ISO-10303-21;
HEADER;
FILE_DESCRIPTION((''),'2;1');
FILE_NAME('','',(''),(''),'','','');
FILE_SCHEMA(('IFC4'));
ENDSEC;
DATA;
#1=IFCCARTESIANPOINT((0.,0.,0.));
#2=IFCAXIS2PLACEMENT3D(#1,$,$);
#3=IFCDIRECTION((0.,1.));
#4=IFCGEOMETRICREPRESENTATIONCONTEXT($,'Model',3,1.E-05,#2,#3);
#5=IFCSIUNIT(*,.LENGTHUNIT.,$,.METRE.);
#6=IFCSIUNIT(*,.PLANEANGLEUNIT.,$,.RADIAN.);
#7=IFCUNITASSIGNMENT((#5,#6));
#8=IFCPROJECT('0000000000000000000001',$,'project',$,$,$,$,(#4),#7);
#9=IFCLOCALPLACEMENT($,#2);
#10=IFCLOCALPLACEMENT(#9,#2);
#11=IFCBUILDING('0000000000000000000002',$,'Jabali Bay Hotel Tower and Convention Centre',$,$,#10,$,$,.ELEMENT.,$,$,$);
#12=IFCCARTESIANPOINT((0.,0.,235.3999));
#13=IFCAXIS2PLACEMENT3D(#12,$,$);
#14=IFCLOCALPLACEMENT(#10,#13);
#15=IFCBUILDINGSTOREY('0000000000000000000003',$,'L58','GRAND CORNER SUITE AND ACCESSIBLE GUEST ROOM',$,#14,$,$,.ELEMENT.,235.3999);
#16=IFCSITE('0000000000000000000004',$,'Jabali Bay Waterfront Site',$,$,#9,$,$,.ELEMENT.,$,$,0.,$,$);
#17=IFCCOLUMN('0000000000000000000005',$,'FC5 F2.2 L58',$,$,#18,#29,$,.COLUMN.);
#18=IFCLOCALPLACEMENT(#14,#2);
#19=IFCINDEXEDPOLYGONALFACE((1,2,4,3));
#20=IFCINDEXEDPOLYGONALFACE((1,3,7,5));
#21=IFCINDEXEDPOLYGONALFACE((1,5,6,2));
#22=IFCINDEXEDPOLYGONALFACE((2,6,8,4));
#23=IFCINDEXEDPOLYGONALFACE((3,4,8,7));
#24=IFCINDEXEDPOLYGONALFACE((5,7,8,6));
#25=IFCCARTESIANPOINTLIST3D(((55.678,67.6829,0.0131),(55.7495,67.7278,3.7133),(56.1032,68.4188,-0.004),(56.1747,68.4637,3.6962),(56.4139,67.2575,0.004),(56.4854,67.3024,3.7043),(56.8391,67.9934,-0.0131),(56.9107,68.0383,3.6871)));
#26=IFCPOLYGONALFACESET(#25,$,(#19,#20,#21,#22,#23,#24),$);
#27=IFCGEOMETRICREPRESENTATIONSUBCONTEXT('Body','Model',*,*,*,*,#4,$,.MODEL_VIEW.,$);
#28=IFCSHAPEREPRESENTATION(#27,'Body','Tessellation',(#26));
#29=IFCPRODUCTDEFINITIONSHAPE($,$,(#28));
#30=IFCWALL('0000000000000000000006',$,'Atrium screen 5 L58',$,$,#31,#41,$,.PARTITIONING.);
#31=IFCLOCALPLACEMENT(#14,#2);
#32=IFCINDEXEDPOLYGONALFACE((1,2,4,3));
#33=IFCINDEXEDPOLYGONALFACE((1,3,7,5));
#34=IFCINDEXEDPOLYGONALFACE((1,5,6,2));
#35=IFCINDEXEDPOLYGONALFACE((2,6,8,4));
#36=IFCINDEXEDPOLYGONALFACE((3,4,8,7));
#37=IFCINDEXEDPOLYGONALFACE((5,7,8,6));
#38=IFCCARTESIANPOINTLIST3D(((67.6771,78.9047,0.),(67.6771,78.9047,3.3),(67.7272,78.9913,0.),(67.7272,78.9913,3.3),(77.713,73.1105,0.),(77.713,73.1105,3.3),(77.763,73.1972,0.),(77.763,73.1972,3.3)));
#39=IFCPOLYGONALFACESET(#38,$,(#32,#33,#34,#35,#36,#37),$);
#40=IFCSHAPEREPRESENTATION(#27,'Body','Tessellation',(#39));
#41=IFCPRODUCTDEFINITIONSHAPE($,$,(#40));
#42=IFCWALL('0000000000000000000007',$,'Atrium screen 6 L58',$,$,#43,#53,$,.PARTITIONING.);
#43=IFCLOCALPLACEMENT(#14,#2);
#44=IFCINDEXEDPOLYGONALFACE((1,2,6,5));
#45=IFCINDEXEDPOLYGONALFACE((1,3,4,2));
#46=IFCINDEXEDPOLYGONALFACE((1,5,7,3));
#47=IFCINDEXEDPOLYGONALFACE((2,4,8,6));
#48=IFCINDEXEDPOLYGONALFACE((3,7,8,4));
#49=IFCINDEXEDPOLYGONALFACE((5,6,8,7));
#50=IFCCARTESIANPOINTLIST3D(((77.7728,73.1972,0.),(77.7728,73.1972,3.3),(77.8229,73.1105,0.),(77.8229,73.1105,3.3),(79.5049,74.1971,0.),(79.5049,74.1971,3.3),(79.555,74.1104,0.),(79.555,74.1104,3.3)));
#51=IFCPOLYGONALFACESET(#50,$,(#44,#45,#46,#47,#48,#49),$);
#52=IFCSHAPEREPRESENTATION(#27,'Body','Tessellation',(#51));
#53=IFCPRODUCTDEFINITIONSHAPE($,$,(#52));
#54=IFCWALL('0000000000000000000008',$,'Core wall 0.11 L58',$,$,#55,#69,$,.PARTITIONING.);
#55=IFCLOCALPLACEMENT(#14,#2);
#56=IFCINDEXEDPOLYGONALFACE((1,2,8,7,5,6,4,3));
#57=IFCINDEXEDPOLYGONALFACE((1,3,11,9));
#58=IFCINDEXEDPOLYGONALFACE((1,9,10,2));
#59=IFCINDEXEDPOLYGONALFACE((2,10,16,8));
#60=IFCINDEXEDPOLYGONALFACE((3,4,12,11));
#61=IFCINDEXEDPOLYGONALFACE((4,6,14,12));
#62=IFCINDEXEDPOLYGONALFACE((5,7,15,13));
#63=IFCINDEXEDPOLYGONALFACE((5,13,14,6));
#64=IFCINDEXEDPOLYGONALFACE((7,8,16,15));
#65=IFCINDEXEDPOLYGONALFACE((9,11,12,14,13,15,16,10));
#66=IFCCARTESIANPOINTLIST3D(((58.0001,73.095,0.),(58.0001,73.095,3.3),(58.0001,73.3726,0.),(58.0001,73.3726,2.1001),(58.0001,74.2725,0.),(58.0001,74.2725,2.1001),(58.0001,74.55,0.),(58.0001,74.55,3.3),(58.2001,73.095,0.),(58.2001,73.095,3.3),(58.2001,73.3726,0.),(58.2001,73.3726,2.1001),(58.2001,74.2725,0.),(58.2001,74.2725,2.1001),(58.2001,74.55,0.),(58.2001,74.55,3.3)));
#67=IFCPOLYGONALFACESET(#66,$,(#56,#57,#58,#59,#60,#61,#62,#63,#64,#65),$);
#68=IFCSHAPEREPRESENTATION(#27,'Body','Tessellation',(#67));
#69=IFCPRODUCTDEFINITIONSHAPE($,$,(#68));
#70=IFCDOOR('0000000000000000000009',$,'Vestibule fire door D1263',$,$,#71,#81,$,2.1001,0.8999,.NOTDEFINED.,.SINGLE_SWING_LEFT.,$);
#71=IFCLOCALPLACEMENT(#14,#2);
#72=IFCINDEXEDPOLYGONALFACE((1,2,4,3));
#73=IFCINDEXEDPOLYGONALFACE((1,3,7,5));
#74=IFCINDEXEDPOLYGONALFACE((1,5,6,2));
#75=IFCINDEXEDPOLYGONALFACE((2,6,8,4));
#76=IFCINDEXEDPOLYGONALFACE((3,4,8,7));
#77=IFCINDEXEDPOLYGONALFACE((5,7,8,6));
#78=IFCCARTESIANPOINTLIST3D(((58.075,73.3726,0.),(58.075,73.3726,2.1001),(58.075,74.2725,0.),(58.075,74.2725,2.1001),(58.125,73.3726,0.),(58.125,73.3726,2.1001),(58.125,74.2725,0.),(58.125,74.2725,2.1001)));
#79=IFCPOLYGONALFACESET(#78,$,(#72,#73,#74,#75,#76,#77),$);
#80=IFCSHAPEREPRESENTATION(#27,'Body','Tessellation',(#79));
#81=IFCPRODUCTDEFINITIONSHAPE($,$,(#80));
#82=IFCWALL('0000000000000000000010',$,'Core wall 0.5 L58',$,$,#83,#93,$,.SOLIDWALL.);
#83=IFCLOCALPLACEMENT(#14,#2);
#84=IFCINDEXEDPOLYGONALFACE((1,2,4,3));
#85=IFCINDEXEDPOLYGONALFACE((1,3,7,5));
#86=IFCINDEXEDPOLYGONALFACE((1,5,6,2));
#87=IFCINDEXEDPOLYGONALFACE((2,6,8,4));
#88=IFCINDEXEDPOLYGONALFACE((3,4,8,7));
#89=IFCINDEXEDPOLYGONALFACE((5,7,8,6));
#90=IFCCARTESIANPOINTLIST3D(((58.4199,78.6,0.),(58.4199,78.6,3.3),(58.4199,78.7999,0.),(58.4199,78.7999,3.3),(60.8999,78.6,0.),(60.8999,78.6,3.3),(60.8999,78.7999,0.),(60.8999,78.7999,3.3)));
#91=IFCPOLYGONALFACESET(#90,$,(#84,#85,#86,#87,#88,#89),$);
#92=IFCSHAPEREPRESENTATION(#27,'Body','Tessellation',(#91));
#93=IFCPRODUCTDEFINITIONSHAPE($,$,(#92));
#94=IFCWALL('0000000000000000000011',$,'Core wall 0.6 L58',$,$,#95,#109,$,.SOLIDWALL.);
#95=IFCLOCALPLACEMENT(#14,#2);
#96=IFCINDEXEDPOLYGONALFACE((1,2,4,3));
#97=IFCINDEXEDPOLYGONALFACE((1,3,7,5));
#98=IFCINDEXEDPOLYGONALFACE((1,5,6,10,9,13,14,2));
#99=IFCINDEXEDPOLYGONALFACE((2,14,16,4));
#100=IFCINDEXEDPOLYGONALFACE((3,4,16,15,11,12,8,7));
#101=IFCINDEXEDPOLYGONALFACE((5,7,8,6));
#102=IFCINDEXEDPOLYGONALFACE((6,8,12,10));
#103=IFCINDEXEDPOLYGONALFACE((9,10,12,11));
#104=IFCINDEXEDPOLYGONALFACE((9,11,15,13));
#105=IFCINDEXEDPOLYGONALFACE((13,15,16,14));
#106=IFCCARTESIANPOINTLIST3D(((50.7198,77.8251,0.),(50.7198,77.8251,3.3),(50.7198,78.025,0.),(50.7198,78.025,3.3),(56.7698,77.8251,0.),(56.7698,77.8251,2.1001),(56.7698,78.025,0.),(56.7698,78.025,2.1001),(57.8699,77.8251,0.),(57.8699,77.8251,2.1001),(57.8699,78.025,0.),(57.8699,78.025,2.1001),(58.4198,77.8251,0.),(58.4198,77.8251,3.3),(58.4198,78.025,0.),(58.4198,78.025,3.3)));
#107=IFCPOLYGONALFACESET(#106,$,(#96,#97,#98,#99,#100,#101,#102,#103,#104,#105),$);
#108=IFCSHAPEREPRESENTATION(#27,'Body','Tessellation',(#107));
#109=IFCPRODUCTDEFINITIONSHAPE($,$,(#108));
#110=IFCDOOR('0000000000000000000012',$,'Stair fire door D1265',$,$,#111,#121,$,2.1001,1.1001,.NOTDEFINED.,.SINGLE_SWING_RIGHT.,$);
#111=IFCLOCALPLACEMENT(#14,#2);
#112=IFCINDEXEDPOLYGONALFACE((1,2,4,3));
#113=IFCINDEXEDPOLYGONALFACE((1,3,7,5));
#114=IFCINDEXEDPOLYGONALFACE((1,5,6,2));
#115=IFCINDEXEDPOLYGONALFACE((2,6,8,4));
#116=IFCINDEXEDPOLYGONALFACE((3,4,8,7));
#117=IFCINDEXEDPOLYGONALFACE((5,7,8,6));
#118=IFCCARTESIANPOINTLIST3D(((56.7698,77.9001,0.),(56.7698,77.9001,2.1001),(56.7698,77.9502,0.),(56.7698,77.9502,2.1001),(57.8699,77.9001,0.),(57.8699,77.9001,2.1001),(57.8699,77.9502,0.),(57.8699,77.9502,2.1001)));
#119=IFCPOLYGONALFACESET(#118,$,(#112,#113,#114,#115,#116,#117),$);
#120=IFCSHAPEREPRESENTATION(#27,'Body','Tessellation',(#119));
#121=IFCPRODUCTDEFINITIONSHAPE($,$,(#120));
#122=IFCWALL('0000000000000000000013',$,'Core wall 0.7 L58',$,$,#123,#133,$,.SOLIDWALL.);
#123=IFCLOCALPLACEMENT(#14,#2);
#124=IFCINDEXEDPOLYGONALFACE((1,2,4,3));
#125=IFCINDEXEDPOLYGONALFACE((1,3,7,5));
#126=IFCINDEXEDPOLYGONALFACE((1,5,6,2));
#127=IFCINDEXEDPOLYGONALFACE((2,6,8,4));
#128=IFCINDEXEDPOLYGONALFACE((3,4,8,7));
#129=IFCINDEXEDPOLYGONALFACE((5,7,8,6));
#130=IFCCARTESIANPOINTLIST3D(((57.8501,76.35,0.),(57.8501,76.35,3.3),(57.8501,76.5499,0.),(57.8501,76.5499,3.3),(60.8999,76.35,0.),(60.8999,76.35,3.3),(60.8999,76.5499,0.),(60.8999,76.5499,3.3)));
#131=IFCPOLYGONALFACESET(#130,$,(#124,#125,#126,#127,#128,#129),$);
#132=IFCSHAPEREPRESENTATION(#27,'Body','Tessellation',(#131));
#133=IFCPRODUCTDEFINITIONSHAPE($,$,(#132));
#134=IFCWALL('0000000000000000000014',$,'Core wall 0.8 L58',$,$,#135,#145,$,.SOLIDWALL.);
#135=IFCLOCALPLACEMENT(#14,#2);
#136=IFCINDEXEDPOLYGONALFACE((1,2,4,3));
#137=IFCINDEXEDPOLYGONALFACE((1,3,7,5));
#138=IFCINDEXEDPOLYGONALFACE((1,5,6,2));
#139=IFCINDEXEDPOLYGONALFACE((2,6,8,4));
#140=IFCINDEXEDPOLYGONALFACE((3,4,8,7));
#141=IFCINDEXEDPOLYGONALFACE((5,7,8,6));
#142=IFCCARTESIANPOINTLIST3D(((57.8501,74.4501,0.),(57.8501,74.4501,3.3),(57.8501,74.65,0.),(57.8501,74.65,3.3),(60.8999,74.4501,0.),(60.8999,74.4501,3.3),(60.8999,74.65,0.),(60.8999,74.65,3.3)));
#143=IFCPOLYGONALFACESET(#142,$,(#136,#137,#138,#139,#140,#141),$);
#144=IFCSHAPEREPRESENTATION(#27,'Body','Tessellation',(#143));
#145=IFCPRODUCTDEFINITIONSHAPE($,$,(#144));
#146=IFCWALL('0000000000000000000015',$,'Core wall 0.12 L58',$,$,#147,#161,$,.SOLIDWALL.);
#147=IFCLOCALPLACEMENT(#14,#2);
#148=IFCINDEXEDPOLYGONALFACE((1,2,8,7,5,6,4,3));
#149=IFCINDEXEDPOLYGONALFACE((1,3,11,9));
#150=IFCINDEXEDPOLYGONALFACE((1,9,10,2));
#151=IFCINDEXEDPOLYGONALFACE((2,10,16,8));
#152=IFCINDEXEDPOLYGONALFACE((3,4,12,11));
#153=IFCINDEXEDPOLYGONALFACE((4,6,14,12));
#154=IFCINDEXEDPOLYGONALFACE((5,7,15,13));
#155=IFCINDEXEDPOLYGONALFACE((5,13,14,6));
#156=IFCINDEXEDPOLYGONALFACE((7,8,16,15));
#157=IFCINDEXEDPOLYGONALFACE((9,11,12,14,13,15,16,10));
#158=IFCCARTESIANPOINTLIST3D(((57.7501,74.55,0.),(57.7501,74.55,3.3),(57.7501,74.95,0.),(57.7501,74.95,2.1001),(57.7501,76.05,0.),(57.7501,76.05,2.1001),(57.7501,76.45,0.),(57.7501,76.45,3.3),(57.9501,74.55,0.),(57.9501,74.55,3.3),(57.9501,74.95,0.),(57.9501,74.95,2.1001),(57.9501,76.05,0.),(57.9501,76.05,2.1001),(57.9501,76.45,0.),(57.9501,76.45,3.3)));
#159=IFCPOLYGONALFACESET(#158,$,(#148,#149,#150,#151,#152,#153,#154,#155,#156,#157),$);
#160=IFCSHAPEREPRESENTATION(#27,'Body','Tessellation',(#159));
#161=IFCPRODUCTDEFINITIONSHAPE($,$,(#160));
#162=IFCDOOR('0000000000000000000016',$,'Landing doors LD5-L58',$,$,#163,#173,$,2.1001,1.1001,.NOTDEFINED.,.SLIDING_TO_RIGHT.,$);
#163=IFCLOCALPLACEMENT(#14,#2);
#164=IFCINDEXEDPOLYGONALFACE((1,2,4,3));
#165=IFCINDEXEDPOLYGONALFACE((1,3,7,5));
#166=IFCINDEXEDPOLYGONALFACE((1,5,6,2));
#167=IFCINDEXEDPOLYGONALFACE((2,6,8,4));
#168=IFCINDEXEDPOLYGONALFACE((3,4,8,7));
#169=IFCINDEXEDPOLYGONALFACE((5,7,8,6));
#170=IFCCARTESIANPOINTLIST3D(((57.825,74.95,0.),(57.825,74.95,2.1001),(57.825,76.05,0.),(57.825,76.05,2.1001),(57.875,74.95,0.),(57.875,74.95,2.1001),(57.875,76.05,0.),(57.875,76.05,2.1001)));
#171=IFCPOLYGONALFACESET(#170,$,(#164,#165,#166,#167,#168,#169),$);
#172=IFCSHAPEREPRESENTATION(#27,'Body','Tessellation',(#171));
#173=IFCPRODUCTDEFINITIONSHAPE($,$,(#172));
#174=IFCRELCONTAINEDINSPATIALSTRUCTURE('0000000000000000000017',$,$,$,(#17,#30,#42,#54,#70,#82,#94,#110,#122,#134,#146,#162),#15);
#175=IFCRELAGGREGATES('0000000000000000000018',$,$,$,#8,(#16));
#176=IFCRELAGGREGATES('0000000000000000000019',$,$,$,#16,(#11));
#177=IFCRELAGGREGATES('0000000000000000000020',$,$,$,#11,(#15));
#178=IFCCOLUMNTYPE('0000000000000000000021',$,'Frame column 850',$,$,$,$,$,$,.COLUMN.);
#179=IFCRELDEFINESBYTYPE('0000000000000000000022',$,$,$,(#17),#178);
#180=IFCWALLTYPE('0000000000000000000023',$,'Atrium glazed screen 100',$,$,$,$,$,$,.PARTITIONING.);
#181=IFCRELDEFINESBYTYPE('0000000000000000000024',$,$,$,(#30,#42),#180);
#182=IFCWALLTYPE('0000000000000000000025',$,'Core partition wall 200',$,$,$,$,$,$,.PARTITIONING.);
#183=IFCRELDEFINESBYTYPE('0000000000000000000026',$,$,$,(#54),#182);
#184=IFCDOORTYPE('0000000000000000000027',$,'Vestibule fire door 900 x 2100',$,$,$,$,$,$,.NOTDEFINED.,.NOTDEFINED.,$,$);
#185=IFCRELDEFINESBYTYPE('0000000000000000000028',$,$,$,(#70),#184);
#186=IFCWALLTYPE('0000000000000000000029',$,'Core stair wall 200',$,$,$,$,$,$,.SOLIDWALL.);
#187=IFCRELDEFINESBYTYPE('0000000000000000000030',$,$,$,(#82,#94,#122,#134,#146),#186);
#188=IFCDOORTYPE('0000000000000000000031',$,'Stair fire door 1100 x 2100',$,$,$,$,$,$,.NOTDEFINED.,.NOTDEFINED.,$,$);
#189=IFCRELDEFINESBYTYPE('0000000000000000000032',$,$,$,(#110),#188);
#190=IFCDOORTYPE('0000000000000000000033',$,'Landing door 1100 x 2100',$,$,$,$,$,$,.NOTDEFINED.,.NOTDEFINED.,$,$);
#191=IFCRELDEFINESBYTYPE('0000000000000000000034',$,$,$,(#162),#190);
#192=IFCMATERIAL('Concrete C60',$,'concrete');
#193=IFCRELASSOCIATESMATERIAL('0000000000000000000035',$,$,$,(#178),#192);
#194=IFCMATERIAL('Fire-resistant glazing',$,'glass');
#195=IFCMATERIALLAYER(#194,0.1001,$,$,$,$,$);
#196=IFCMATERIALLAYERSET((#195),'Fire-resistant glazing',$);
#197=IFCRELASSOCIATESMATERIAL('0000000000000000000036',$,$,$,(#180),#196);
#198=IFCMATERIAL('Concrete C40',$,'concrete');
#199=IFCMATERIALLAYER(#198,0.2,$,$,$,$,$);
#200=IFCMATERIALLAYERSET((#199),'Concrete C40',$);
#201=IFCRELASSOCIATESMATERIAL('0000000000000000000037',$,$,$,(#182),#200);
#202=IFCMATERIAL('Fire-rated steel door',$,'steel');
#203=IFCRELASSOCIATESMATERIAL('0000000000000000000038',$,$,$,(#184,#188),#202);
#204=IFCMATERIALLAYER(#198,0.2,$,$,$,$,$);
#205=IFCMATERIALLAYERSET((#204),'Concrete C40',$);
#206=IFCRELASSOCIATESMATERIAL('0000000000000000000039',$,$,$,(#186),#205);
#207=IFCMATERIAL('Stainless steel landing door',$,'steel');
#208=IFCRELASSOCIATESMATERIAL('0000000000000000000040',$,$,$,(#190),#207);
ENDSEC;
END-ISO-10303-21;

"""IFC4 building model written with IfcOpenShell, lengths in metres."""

from ifc_helpers import new_model, si_unit, direction, frame, frame_2d, origin, origin_2d, place, context, subcontext, project, spatial, rectangle, extrude, material, layer, layer_set, material_profile, profile_set, type_object, element, fill, save


model = new_model("IFC4")

# Units and contexts
model_context = context("Model", 3, precision=1e-05, world=origin(), true_north=direction((0.0, 1.0)))
body_context = subcontext(model_context, "Body", "Model", "MODEL_VIEW")
ifc_project = project(units=[si_unit("LENGTHUNIT", "METRE"), si_unit("PLANEANGLEUNIT", "RADIAN")], contexts=[model_context])

# Site, building, storey
site_placement = place(None, origin())
site = spatial("IfcSite", under=ifc_project, at=site_placement, Name="Jabali Bay Waterfront Site", CompositionType="ELEMENT", RefElevation=0.0)
building_placement = place(site_placement, origin())
building = spatial("IfcBuilding", under=site, at=building_placement, Name="Jabali Bay Hotel Tower and Convention Centre", CompositionType="ELEMENT")
storey_placement = place(building_placement, frame((0.0, 0.0, 235.3999)))
storey = spatial("IfcBuildingStorey", under=building, at=storey_placement, Name="L58", Description="GRAND CORNER SUITE AND ACCESSIBLE GUEST ROOM", CompositionType="ELEMENT", Elevation=235.3999)

# Column
ifc_material_1 = material(Name="Concrete C60", Category="concrete")
ifc_material_profile = material_profile(ifc_material_1, rectangle(XDim=0.8501, YDim=0.8501, at=origin_2d()), Name="Frame column 850")
ifc_profile_set = profile_set([ifc_material_profile], Name="Concrete C60")
column_type = type_object("IfcColumnType", Name="Frame column 850", PredefinedType="COLUMN", material=ifc_profile_set)
column_placement = place(storey_placement, frame((56.2585, 67.8381, 0.0), z_axis=(0.019327, 0.012137, 0.99974), x_axis=(-0.865686, 0.500474, 0.01066)))
element("IfcColumn", 1, at=column_placement, inside=storey, type_object=column_type, Name="FC5 F2.2 L58", PredefinedType="COLUMN", context=body_context, shape_type="SweptSolid", body=[
    extrude(rectangle(XDim=0.8501, YDim=0.8501, at=origin_2d()), origin(), (0.0, 0.0, 1.0), 3.7012),
])

# Walls
ifc_material_2 = material(Name="Fire-resistant glazing", Category="glass")
ifc_layer_1 = layer(ifc_material_2, 0.1001)
ifc_layer_set_1 = layer_set([ifc_layer_1], Name="Fire-resistant glazing")
wall_type_1 = type_object("IfcWallType", Name="Atrium glazed screen 100", PredefinedType="PARTITIONING", material=ifc_layer_set_1)
wall_1_placement = place(storey_placement, frame((67.7021, 78.948, 0.0), z_axis=(0.0, 0.0, 1.0), x_axis=(0.866027, -0.499998, 0.0)))
element("IfcWall", 2, at=wall_1_placement, inside=storey, type_object=wall_type_1, Name="Atrium screen 5 L58", PredefinedType="PARTITIONING", context=body_context, shape_type="SweptSolid", body=[
    extrude(rectangle(XDim=11.5884, YDim=0.1001, at=frame_2d((5.7942, 0.0))), origin(), (0.0, 0.0, 1.0), 3.3),
])
wall_2_placement = place(storey_placement, frame((77.7979, 73.1538, 0.0), z_axis=(0.0, 0.0, 1.0), x_axis=(0.866041, 0.499973, 0.0)))
element("IfcWall", 3, at=wall_2_placement, inside=storey, type_object=wall_type_1, Name="Atrium screen 6 L58", PredefinedType="PARTITIONING", context=body_context, shape_type="SweptSolid", body=[
    extrude(rectangle(XDim=2.0, YDim=0.1001, at=frame_2d((1.0, 0.0))), origin(), (0.0, 0.0, 1.0), 3.3),
])

# Wall, opening, door
ifc_material_3 = material(Name="Concrete C40", Category="concrete")
ifc_layer_2 = layer(ifc_material_3, 0.2)
ifc_layer_set_2 = layer_set([ifc_layer_2], Name="Concrete C40")
wall_type_2 = type_object("IfcWallType", Name="Core partition wall 200", PredefinedType="PARTITIONING", material=ifc_layer_set_2)
wall_3_placement = place(storey_placement, frame((58.1001, 74.55, 0.0), z_axis=(0.0, 0.0, 1.0), x_axis=(0.0, -1.0, 0.0)))
wall_3 = element("IfcWall", 4, at=wall_3_placement, inside=storey, type_object=wall_type_2, Name="Core wall 0.11 L58", PredefinedType="PARTITIONING", context=body_context, shape_type="SweptSolid", body=[
    extrude(rectangle(XDim=1.4551, YDim=0.2, at=frame_2d((0.7275, 0.0))), origin(), (0.0, 0.0, 1.0), 3.3),
])
opening_1_placement = place(wall_3_placement, frame((0.2776, 0.0, 0.0)))
opening_1 = element("IfcOpeningElement", 5, at=opening_1_placement, cuts=wall_3, PredefinedType="OPENING", context=body_context, shape_type="SweptSolid", body=[
    extrude(rectangle(XDim=0.8999, YDim=2.1001, at=frame_2d((0.45, 1.05))), frame((0.0, 0.1104, 0.0), z_axis=(0.0, -1.0, 0.0), x_axis=(1.0, 0.0, 0.0)), (0.0, 0.0, 1.0), 0.2209),
])
ifc_material_4 = material(Name="Fire-rated steel door", Category="steel")
door_type_1 = type_object("IfcDoorType", Name="Vestibule fire door 900 x 2100", OperationType="NOTDEFINED", PredefinedType="NOTDEFINED", material=ifc_material_4)
door_1_placement = place(opening_1_placement, origin())
door_1 = element("IfcDoor", 6, at=door_1_placement, inside=storey, type_object=door_type_1, Name="Vestibule fire door D1263", OperationType="SINGLE_SWING_LEFT", OverallHeight=2.1001, OverallWidth=0.8999, PredefinedType="NOTDEFINED", context=body_context, shape_type="SweptSolid", body=[
    extrude(rectangle(XDim=0.8999, YDim=2.1001, at=frame_2d((0.45, 1.05))), frame((0.0, 0.0249, 0.0), z_axis=(0.0, -1.0, 0.0), x_axis=(1.0, 0.0, 0.0)), (0.0, 0.0, 1.0), 0.05),
])
fill(opening_1, door_1)

# Wall
ifc_layer_3 = layer(ifc_material_3, 0.2)
ifc_layer_set_3 = layer_set([ifc_layer_3], Name="Concrete C40")
wall_type_3 = type_object("IfcWallType", Name="Core stair wall 200", PredefinedType="SOLIDWALL", material=ifc_layer_set_3)
wall_4_placement = place(storey_placement, frame((60.8999, 78.7, 0.0), z_axis=(0.0, 0.0, 1.0), x_axis=(-1.0, 0.0, 0.0)))
element("IfcWall", 7, at=wall_4_placement, inside=storey, type_object=wall_type_3, Name="Core wall 0.5 L58", PredefinedType="SOLIDWALL", context=body_context, shape_type="SweptSolid", body=[
    extrude(rectangle(XDim=2.48, YDim=0.2, at=frame_2d((1.24, 0.0))), origin(), (0.0, 0.0, 1.0), 3.3),
])

# Wall, opening, door
wall_5_placement = place(storey_placement, frame((58.4199, 77.925, 0.0), z_axis=(0.0, 0.0, 1.0), x_axis=(-1.0, 0.0, 0.0)))
wall_5 = element("IfcWall", 8, at=wall_5_placement, inside=storey, type_object=wall_type_3, Name="Core wall 0.6 L58", PredefinedType="SOLIDWALL", context=body_context, shape_type="SweptSolid", body=[
    extrude(rectangle(XDim=7.7, YDim=0.2, at=frame_2d((3.8501, 0.0))), origin(), (0.0, 0.0, 1.0), 3.3),
])
opening_2_placement = place(wall_5_placement, frame((0.55, 0.0, 0.0)))
opening_2 = element("IfcOpeningElement", 9, at=opening_2_placement, cuts=wall_5, PredefinedType="OPENING", context=body_context, shape_type="SweptSolid", body=[
    extrude(rectangle(XDim=1.1001, YDim=2.1001, at=frame_2d((0.55, 1.05))), frame((0.0, 0.1104, 0.0), z_axis=(0.0, -1.0, 0.0), x_axis=(1.0, 0.0, 0.0)), (0.0, 0.0, 1.0), 0.2209),
])
door_type_2 = type_object("IfcDoorType", Name="Stair fire door 1100 x 2100", OperationType="NOTDEFINED", PredefinedType="NOTDEFINED", material=ifc_material_4)
door_2_placement = place(opening_2_placement, origin())
door_2 = element("IfcDoor", 10, at=door_2_placement, inside=storey, type_object=door_type_2, Name="Stair fire door D1265", OperationType="SINGLE_SWING_RIGHT", OverallHeight=2.1001, OverallWidth=1.1001, PredefinedType="NOTDEFINED", context=body_context, shape_type="SweptSolid", body=[
    extrude(rectangle(XDim=1.1001, YDim=2.1001, at=frame_2d((0.55, 1.05))), frame((0.0, 0.0249, 0.0), z_axis=(0.0, -1.0, 0.0), x_axis=(1.0, 0.0, 0.0)), (0.0, 0.0, 1.0), 0.05),
])
fill(opening_2, door_2)

# Walls
for number, where, z_axis, x_axis, name in (
    (11, (60.8999, 76.45, 0.0), (0.0, 0.0, 1.0), (-1.0, 0.0, 0.0), "Core wall 0.7 L58"),
    (12, (60.8999, 74.55, 0.0), (0.0, 0.0, 1.0), (-1.0, 0.0, 0.0), "Core wall 0.8 L58"),
):
    element("IfcWall", number, at=place(storey_placement, frame(where, z_axis=z_axis, x_axis=x_axis)), inside=storey, type_object=wall_type_3, Name=name, PredefinedType="SOLIDWALL", context=body_context, shape_type="SweptSolid", body=[
        extrude(rectangle(XDim=3.0498, YDim=0.2, at=frame_2d((1.5249, 0.0))), origin(), (0.0, 0.0, 1.0), 3.3),
    ])

# Wall, opening, door
wall_6_placement = place(storey_placement, frame((57.8501, 76.45, 0.0), z_axis=(0.0, 0.0, 1.0), x_axis=(0.0, -1.0, 0.0)))
wall_6 = element("IfcWall", 13, at=wall_6_placement, inside=storey, type_object=wall_type_3, Name="Core wall 0.12 L58", PredefinedType="SOLIDWALL", context=body_context, shape_type="SweptSolid", body=[
    extrude(rectangle(XDim=1.8999, YDim=0.2, at=frame_2d((0.95, 0.0))), origin(), (0.0, 0.0, 1.0), 3.3),
])
opening_3_placement = place(wall_6_placement, frame((0.3999, 0.0, 0.0)))
opening_3 = element("IfcOpeningElement", 14, at=opening_3_placement, cuts=wall_6, PredefinedType="OPENING", context=body_context, shape_type="SweptSolid", body=[
    extrude(rectangle(XDim=1.1001, YDim=2.1001, at=frame_2d((0.55, 1.05))), frame((0.0, 0.1104, 0.0), z_axis=(0.0, -1.0, 0.0), x_axis=(1.0, 0.0, 0.0)), (0.0, 0.0, 1.0), 0.2209),
])
ifc_material_5 = material(Name="Stainless steel landing door", Category="steel")
door_type_3 = type_object("IfcDoorType", Name="Landing door 1100 x 2100", OperationType="NOTDEFINED", PredefinedType="NOTDEFINED", material=ifc_material_5)
door_3_placement = place(opening_3_placement, origin())
door_3 = element("IfcDoor", 15, at=door_3_placement, inside=storey, type_object=door_type_3, Name="Landing doors LD5-L58", OperationType="SLIDING_TO_RIGHT", OverallHeight=2.1001, OverallWidth=1.1001, PredefinedType="NOTDEFINED", context=body_context, shape_type="SweptSolid", body=[
    extrude(rectangle(XDim=1.1001, YDim=2.1001, at=frame_2d((0.55, 1.05))), frame((0.0, 0.0249, 0.0), z_axis=(0.0, -1.0, 0.0), x_axis=(1.0, 0.0, 0.0)), (0.0, 0.0, 1.0), 0.05),
])
fill(opening_3, door_3)

save(model, "model.ifc")
